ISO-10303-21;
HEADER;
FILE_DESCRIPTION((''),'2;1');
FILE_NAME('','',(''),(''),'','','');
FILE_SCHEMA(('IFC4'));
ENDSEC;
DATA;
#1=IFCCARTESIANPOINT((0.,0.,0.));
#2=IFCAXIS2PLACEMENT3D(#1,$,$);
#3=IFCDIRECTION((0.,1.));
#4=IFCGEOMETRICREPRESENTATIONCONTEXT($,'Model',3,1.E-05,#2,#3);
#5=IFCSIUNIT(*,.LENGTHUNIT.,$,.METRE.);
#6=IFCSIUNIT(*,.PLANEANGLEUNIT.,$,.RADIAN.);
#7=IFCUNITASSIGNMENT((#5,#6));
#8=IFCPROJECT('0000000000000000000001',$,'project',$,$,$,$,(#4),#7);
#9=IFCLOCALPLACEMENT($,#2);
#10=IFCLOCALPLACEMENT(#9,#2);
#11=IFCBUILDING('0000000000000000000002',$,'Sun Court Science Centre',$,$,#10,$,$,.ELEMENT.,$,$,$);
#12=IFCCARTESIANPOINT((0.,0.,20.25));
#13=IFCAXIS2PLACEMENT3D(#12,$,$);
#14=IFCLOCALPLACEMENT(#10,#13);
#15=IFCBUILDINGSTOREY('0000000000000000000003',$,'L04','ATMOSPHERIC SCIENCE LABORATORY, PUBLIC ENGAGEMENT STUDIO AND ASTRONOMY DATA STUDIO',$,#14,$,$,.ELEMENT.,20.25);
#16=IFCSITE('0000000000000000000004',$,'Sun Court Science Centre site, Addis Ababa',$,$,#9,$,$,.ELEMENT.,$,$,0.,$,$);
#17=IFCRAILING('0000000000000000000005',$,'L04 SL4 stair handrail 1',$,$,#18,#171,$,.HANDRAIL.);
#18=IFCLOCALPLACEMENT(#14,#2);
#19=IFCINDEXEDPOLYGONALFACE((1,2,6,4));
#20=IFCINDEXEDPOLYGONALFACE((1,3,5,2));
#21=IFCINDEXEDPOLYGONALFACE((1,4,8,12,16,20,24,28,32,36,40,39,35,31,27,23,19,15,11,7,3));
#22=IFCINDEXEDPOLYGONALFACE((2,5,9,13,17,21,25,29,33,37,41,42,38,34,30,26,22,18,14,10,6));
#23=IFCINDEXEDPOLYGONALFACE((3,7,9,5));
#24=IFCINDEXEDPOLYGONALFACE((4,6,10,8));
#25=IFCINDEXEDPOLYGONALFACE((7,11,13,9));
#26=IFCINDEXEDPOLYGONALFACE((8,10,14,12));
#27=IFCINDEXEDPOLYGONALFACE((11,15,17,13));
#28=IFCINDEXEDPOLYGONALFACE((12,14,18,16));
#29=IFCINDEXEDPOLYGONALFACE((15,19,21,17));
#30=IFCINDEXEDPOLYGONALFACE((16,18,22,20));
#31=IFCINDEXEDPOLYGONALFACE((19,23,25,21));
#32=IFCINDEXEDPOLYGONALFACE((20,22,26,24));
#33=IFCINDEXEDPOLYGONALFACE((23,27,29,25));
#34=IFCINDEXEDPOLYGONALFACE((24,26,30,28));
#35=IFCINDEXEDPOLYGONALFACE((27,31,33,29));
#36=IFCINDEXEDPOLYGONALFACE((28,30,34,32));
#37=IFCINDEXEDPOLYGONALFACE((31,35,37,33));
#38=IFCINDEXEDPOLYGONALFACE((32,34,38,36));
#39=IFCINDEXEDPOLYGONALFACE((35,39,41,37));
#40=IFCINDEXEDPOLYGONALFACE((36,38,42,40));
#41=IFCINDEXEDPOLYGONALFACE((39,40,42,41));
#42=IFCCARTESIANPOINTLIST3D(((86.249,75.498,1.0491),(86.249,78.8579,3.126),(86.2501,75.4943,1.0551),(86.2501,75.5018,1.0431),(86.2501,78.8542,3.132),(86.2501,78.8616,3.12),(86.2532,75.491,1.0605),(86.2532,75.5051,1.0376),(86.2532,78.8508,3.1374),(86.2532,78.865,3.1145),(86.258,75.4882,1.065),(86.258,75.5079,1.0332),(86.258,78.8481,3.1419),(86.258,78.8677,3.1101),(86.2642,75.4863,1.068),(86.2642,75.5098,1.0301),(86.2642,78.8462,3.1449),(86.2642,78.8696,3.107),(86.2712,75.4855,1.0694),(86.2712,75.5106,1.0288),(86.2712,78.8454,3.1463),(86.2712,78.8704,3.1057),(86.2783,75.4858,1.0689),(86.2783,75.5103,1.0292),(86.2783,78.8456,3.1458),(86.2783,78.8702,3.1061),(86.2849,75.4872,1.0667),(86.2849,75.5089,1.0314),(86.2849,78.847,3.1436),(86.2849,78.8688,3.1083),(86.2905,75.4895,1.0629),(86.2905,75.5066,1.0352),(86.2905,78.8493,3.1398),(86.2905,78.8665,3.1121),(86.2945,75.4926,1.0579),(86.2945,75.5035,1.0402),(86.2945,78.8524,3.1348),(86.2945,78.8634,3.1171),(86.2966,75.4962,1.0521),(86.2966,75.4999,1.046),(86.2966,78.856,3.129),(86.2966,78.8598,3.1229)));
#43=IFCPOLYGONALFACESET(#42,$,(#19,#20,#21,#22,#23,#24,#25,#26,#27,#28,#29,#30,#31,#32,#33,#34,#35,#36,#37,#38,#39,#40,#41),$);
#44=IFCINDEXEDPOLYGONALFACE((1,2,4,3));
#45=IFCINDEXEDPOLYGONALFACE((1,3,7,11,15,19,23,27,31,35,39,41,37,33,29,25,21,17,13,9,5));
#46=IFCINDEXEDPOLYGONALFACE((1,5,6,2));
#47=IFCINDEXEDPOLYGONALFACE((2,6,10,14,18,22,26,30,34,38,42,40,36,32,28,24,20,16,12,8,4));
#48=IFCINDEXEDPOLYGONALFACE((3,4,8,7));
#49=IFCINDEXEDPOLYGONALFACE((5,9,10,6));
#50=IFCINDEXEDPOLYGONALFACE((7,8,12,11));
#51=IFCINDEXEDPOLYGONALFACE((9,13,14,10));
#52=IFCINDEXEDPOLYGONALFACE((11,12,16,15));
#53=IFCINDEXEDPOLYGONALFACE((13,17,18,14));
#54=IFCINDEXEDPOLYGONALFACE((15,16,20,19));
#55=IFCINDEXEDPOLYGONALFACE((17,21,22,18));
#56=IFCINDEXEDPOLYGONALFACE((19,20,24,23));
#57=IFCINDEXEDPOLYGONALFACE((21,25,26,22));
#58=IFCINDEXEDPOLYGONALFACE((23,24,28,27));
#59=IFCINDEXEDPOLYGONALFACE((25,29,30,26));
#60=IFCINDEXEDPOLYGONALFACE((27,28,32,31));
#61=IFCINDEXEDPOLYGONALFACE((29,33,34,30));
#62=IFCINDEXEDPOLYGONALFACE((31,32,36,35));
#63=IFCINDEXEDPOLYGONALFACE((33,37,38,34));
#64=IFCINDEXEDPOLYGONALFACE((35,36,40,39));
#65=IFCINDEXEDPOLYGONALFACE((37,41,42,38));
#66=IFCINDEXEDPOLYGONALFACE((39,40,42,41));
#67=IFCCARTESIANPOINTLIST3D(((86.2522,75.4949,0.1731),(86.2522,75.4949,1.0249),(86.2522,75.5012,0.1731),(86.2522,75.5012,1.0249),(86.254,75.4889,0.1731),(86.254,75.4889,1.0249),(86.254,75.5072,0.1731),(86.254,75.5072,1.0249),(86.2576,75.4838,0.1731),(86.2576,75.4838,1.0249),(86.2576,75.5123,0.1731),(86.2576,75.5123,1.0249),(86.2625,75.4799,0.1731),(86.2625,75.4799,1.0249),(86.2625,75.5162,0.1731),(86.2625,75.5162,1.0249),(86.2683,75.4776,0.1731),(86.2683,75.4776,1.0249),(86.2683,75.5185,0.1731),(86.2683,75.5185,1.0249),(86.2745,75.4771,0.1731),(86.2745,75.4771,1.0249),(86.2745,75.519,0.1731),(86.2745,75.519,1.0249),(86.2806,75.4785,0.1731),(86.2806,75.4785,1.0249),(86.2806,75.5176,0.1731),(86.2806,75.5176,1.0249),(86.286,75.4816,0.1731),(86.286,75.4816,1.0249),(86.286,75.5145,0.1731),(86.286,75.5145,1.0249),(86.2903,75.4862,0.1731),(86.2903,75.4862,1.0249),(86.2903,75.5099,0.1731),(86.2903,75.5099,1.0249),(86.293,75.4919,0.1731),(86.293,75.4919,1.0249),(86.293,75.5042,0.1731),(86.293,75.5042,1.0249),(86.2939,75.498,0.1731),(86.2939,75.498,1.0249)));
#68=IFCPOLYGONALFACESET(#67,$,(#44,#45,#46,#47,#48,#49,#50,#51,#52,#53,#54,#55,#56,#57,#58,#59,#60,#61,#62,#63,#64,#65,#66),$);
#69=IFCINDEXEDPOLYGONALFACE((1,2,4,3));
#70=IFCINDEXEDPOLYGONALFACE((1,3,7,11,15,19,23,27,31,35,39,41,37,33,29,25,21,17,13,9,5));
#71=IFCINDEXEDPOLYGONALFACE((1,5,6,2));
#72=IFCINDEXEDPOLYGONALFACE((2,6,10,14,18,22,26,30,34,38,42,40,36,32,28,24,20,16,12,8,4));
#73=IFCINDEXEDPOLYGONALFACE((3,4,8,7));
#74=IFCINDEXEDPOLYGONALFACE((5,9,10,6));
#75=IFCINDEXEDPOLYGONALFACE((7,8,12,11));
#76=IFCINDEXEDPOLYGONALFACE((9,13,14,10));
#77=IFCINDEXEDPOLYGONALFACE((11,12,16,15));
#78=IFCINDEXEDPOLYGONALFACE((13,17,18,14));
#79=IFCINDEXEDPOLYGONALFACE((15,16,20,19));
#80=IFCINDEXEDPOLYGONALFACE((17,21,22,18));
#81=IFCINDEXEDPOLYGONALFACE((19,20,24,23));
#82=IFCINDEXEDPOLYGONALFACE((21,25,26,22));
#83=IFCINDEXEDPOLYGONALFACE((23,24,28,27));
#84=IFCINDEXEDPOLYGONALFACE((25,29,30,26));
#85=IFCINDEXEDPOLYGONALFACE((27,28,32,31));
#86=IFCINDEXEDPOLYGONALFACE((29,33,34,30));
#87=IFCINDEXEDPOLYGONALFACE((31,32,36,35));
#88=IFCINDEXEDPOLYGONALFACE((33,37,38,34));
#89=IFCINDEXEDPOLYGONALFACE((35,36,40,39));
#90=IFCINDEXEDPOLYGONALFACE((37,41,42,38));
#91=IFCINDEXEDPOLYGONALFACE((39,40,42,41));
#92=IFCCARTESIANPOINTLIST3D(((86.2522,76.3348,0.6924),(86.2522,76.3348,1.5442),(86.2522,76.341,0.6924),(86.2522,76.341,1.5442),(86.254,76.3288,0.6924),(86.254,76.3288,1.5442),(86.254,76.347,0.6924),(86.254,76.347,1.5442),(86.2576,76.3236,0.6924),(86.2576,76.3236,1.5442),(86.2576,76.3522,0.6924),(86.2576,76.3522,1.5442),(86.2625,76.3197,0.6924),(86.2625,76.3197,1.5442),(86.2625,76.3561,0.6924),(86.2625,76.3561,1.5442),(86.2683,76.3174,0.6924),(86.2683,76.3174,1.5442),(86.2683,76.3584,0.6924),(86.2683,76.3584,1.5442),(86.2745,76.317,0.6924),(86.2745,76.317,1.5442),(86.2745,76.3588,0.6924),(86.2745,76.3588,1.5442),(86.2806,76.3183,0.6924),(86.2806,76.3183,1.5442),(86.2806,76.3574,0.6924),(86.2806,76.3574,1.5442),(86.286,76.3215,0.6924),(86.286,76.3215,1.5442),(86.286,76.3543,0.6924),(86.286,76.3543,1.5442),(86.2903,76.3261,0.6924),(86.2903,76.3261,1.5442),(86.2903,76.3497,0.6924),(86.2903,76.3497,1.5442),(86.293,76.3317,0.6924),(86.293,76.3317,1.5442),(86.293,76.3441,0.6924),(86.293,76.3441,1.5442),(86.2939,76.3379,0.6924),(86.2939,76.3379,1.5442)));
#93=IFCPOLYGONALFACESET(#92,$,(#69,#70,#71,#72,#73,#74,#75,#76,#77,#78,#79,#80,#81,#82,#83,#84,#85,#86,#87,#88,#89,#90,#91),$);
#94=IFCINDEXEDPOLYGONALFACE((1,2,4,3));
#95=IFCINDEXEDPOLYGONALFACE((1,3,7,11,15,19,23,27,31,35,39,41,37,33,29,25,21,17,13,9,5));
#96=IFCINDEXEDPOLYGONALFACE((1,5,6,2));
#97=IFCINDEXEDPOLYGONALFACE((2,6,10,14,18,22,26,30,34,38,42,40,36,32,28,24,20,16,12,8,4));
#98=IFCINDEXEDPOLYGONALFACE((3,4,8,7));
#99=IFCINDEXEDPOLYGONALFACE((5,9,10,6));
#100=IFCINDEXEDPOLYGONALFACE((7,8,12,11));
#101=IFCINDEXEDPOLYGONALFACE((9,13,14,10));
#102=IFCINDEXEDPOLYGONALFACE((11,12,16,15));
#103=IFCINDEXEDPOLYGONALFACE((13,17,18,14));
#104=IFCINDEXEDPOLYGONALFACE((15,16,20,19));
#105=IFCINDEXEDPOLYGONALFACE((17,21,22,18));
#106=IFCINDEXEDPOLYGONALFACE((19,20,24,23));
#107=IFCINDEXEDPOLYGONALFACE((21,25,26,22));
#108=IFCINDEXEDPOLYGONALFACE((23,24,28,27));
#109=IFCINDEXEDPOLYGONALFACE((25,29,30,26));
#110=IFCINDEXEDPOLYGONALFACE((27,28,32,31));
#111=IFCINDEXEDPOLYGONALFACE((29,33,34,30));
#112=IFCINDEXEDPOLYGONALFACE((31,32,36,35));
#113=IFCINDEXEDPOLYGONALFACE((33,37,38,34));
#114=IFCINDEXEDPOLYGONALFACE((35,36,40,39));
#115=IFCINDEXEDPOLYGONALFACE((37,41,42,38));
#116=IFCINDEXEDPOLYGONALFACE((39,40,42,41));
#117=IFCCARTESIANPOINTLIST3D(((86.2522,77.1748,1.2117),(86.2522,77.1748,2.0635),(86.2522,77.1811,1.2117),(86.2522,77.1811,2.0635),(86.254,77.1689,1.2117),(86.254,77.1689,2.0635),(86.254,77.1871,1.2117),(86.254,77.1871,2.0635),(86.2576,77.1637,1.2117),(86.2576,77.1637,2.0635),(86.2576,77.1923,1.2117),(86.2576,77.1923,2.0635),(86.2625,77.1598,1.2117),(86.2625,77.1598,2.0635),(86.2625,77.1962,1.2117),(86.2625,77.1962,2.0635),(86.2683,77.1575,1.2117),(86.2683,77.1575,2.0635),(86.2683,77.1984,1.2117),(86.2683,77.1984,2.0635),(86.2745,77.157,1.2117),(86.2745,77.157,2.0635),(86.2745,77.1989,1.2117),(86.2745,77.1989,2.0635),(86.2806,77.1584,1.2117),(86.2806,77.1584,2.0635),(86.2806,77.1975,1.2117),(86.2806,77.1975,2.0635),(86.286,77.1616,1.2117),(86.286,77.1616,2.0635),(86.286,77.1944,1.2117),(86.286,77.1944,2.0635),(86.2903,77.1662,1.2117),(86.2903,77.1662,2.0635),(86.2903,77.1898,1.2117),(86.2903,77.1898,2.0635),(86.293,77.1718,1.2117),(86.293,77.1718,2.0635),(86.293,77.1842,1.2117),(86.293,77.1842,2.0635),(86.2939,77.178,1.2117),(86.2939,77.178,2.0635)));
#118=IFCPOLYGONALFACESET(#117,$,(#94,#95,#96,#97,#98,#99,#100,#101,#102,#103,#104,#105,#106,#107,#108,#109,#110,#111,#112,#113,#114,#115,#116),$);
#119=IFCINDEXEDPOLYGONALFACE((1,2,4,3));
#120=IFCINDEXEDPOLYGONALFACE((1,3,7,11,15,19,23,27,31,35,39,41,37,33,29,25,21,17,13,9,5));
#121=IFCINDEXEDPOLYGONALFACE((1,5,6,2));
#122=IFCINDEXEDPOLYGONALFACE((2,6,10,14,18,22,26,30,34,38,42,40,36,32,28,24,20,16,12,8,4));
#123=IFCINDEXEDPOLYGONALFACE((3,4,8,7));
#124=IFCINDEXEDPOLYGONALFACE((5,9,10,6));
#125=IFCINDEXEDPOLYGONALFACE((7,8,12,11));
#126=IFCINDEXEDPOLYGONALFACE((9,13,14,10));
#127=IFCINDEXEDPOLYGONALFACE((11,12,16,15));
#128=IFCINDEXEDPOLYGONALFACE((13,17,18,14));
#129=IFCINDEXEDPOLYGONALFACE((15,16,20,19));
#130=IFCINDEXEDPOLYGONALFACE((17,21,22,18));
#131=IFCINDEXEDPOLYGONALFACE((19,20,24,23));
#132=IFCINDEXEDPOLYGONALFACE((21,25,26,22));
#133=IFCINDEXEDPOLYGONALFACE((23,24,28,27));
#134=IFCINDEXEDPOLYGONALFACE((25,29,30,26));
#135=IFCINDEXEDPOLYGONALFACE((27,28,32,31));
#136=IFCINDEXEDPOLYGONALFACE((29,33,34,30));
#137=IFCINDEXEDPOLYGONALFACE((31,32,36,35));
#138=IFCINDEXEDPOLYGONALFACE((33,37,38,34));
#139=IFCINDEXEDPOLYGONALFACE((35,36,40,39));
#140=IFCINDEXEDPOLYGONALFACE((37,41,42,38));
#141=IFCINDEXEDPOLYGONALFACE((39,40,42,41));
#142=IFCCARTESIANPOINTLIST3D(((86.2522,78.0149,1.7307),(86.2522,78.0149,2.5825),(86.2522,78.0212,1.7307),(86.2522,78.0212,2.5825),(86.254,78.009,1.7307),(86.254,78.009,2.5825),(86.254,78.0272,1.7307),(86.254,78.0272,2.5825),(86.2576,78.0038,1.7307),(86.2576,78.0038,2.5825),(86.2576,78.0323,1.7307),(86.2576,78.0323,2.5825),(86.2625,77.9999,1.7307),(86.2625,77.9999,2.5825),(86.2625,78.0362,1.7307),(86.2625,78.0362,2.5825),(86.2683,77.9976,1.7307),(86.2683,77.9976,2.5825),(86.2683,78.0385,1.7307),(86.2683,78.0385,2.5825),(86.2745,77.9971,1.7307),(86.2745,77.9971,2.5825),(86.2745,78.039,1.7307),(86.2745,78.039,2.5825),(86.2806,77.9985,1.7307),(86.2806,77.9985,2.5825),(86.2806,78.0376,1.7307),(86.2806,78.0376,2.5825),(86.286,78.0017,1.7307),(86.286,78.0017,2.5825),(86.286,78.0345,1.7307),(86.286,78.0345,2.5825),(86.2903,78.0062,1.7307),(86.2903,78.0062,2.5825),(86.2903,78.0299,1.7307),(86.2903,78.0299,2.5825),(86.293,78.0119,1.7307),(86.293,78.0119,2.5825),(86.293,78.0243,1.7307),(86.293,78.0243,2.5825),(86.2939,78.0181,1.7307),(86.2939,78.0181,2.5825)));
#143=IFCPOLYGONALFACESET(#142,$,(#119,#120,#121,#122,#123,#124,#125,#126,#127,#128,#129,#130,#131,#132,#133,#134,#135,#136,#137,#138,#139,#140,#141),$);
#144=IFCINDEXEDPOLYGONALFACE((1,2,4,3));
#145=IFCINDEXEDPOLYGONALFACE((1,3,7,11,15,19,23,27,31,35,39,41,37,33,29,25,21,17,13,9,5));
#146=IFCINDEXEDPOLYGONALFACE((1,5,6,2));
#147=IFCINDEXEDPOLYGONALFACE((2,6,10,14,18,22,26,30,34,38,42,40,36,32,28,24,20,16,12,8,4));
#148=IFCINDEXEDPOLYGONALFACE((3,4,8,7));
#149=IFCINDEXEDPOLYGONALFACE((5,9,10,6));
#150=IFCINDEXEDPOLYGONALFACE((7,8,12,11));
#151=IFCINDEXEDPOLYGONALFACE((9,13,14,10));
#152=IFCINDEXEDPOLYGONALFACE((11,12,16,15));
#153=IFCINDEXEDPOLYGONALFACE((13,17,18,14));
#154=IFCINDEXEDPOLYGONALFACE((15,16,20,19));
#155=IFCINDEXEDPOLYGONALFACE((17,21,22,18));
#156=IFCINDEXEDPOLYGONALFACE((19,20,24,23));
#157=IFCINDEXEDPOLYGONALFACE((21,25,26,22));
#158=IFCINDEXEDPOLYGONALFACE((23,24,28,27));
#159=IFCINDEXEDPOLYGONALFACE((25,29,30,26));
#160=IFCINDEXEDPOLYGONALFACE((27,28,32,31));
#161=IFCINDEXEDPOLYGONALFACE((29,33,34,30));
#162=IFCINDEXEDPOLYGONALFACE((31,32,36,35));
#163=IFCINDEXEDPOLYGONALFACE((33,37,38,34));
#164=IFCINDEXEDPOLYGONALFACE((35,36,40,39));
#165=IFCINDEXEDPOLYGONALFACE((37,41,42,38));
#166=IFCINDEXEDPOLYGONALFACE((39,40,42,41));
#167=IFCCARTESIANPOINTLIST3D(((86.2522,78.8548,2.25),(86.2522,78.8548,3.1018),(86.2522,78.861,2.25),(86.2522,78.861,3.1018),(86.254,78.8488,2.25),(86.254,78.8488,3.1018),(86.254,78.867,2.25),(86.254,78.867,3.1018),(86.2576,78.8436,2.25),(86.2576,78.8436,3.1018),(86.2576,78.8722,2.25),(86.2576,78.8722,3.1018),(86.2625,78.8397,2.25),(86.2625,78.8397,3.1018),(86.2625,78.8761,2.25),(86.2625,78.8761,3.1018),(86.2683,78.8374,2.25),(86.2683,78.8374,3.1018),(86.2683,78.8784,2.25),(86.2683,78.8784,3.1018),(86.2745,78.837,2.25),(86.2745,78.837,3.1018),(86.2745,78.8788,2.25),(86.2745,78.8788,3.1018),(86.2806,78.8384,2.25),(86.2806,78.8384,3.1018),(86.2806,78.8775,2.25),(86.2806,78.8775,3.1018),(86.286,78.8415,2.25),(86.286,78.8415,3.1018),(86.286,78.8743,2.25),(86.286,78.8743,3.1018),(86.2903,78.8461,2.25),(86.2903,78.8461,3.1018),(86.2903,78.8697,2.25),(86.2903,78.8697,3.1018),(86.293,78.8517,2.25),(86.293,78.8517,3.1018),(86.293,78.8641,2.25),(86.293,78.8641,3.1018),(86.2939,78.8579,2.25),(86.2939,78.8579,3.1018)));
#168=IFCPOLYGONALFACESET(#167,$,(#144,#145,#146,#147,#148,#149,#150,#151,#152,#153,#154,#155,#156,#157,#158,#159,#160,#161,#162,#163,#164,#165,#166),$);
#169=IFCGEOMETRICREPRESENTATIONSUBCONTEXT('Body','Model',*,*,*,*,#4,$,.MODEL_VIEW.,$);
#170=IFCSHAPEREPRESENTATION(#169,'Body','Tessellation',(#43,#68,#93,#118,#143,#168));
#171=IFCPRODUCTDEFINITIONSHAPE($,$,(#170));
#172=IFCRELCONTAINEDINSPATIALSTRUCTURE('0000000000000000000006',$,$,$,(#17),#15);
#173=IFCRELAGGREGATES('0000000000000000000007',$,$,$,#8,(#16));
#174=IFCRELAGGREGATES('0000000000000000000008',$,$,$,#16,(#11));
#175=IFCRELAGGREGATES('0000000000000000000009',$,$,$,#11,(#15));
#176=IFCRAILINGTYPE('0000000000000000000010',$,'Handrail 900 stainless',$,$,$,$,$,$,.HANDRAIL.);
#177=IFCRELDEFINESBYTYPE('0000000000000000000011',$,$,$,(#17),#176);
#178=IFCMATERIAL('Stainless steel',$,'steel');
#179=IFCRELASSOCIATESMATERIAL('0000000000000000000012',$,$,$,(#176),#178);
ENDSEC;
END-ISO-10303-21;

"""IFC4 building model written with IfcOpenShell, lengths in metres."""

from ifc_helpers import new_model, si_unit, direction, frame, origin, origin_2d, place, context, subcontext, project, spatial, circle, extrude, material, type_object, element, save


model = new_model("IFC4")

# Units and contexts
model_context = context("Model", 3, precision=1e-05, world=origin(), true_north=direction((0.0, 1.0)))
body_context = subcontext(model_context, "Body", "Model", "MODEL_VIEW")
ifc_project = project(units=[si_unit("LENGTHUNIT", "METRE"), si_unit("PLANEANGLEUNIT", "RADIAN")], contexts=[model_context])

# Site, building, storey
site_placement = place(None, origin())
site = spatial("IfcSite", under=ifc_project, at=site_placement, Name="Sun Court Science Centre site, Addis Ababa", CompositionType="ELEMENT", RefElevation=0.0)
building_placement = place(site_placement, origin())
building = spatial("IfcBuilding", under=site, at=building_placement, Name="Sun Court Science Centre", CompositionType="ELEMENT")
storey_placement = place(building_placement, frame((0.0, 0.0, 20.25)))
storey = spatial("IfcBuildingStorey", under=building, at=storey_placement, Name="L04", Description="ATMOSPHERIC SCIENCE LABORATORY, PUBLIC ENGAGEMENT STUDIO AND ASTRONOMY DATA STUDIO", CompositionType="ELEMENT", Elevation=20.25)

# Railing
ifc_material_1 = material(Name="Stainless steel", Category="steel")
railing_type_1 = type_object("IfcRailingType", Name="Handrail 900 stainless", PredefinedType="HANDRAIL", material=ifc_material_1)
railing_1_placement = place(storey_placement, frame((86.2729, 75.498, 0.1731)))
element("IfcRailing", 1, at=railing_1_placement, inside=storey, type_object=railing_type_1, Name="L04 SL4 stair handrail 1", PredefinedType="HANDRAIL", context=body_context, shape_type="SweptSolid", body=[
    extrude(circle(Radius=0.0239, at=origin_2d()), frame((0.0, 0.0, 0.876), z_axis=(0.0, 0.850606, 0.525803), x_axis=(-1.0, 0.0, 0.0)), (0.0, 0.0, 1.0), 3.95),
    extrude(circle(Radius=0.021, at=origin_2d()), origin(), (0.0, 0.0, 1.0), 0.8518),
    extrude(circle(Radius=0.021, at=origin_2d()), frame((0.0, 0.8398, 0.5193)), (0.0, 0.0, 1.0), 0.8518),
    extrude(circle(Radius=0.021, at=origin_2d()), frame((0.0, 1.6799, 1.0386)), (0.0, 0.0, 1.0), 0.8518),
    extrude(circle(Radius=0.021, at=origin_2d()), frame((0.0, 2.52, 1.5576)), (0.0, 0.0, 1.0), 0.8518),
    extrude(circle(Radius=0.021, at=origin_2d()), frame((0.0, 3.3599, 2.0769)), (0.0, 0.0, 1.0), 0.8518),
])

save(model, "model.ifc")
